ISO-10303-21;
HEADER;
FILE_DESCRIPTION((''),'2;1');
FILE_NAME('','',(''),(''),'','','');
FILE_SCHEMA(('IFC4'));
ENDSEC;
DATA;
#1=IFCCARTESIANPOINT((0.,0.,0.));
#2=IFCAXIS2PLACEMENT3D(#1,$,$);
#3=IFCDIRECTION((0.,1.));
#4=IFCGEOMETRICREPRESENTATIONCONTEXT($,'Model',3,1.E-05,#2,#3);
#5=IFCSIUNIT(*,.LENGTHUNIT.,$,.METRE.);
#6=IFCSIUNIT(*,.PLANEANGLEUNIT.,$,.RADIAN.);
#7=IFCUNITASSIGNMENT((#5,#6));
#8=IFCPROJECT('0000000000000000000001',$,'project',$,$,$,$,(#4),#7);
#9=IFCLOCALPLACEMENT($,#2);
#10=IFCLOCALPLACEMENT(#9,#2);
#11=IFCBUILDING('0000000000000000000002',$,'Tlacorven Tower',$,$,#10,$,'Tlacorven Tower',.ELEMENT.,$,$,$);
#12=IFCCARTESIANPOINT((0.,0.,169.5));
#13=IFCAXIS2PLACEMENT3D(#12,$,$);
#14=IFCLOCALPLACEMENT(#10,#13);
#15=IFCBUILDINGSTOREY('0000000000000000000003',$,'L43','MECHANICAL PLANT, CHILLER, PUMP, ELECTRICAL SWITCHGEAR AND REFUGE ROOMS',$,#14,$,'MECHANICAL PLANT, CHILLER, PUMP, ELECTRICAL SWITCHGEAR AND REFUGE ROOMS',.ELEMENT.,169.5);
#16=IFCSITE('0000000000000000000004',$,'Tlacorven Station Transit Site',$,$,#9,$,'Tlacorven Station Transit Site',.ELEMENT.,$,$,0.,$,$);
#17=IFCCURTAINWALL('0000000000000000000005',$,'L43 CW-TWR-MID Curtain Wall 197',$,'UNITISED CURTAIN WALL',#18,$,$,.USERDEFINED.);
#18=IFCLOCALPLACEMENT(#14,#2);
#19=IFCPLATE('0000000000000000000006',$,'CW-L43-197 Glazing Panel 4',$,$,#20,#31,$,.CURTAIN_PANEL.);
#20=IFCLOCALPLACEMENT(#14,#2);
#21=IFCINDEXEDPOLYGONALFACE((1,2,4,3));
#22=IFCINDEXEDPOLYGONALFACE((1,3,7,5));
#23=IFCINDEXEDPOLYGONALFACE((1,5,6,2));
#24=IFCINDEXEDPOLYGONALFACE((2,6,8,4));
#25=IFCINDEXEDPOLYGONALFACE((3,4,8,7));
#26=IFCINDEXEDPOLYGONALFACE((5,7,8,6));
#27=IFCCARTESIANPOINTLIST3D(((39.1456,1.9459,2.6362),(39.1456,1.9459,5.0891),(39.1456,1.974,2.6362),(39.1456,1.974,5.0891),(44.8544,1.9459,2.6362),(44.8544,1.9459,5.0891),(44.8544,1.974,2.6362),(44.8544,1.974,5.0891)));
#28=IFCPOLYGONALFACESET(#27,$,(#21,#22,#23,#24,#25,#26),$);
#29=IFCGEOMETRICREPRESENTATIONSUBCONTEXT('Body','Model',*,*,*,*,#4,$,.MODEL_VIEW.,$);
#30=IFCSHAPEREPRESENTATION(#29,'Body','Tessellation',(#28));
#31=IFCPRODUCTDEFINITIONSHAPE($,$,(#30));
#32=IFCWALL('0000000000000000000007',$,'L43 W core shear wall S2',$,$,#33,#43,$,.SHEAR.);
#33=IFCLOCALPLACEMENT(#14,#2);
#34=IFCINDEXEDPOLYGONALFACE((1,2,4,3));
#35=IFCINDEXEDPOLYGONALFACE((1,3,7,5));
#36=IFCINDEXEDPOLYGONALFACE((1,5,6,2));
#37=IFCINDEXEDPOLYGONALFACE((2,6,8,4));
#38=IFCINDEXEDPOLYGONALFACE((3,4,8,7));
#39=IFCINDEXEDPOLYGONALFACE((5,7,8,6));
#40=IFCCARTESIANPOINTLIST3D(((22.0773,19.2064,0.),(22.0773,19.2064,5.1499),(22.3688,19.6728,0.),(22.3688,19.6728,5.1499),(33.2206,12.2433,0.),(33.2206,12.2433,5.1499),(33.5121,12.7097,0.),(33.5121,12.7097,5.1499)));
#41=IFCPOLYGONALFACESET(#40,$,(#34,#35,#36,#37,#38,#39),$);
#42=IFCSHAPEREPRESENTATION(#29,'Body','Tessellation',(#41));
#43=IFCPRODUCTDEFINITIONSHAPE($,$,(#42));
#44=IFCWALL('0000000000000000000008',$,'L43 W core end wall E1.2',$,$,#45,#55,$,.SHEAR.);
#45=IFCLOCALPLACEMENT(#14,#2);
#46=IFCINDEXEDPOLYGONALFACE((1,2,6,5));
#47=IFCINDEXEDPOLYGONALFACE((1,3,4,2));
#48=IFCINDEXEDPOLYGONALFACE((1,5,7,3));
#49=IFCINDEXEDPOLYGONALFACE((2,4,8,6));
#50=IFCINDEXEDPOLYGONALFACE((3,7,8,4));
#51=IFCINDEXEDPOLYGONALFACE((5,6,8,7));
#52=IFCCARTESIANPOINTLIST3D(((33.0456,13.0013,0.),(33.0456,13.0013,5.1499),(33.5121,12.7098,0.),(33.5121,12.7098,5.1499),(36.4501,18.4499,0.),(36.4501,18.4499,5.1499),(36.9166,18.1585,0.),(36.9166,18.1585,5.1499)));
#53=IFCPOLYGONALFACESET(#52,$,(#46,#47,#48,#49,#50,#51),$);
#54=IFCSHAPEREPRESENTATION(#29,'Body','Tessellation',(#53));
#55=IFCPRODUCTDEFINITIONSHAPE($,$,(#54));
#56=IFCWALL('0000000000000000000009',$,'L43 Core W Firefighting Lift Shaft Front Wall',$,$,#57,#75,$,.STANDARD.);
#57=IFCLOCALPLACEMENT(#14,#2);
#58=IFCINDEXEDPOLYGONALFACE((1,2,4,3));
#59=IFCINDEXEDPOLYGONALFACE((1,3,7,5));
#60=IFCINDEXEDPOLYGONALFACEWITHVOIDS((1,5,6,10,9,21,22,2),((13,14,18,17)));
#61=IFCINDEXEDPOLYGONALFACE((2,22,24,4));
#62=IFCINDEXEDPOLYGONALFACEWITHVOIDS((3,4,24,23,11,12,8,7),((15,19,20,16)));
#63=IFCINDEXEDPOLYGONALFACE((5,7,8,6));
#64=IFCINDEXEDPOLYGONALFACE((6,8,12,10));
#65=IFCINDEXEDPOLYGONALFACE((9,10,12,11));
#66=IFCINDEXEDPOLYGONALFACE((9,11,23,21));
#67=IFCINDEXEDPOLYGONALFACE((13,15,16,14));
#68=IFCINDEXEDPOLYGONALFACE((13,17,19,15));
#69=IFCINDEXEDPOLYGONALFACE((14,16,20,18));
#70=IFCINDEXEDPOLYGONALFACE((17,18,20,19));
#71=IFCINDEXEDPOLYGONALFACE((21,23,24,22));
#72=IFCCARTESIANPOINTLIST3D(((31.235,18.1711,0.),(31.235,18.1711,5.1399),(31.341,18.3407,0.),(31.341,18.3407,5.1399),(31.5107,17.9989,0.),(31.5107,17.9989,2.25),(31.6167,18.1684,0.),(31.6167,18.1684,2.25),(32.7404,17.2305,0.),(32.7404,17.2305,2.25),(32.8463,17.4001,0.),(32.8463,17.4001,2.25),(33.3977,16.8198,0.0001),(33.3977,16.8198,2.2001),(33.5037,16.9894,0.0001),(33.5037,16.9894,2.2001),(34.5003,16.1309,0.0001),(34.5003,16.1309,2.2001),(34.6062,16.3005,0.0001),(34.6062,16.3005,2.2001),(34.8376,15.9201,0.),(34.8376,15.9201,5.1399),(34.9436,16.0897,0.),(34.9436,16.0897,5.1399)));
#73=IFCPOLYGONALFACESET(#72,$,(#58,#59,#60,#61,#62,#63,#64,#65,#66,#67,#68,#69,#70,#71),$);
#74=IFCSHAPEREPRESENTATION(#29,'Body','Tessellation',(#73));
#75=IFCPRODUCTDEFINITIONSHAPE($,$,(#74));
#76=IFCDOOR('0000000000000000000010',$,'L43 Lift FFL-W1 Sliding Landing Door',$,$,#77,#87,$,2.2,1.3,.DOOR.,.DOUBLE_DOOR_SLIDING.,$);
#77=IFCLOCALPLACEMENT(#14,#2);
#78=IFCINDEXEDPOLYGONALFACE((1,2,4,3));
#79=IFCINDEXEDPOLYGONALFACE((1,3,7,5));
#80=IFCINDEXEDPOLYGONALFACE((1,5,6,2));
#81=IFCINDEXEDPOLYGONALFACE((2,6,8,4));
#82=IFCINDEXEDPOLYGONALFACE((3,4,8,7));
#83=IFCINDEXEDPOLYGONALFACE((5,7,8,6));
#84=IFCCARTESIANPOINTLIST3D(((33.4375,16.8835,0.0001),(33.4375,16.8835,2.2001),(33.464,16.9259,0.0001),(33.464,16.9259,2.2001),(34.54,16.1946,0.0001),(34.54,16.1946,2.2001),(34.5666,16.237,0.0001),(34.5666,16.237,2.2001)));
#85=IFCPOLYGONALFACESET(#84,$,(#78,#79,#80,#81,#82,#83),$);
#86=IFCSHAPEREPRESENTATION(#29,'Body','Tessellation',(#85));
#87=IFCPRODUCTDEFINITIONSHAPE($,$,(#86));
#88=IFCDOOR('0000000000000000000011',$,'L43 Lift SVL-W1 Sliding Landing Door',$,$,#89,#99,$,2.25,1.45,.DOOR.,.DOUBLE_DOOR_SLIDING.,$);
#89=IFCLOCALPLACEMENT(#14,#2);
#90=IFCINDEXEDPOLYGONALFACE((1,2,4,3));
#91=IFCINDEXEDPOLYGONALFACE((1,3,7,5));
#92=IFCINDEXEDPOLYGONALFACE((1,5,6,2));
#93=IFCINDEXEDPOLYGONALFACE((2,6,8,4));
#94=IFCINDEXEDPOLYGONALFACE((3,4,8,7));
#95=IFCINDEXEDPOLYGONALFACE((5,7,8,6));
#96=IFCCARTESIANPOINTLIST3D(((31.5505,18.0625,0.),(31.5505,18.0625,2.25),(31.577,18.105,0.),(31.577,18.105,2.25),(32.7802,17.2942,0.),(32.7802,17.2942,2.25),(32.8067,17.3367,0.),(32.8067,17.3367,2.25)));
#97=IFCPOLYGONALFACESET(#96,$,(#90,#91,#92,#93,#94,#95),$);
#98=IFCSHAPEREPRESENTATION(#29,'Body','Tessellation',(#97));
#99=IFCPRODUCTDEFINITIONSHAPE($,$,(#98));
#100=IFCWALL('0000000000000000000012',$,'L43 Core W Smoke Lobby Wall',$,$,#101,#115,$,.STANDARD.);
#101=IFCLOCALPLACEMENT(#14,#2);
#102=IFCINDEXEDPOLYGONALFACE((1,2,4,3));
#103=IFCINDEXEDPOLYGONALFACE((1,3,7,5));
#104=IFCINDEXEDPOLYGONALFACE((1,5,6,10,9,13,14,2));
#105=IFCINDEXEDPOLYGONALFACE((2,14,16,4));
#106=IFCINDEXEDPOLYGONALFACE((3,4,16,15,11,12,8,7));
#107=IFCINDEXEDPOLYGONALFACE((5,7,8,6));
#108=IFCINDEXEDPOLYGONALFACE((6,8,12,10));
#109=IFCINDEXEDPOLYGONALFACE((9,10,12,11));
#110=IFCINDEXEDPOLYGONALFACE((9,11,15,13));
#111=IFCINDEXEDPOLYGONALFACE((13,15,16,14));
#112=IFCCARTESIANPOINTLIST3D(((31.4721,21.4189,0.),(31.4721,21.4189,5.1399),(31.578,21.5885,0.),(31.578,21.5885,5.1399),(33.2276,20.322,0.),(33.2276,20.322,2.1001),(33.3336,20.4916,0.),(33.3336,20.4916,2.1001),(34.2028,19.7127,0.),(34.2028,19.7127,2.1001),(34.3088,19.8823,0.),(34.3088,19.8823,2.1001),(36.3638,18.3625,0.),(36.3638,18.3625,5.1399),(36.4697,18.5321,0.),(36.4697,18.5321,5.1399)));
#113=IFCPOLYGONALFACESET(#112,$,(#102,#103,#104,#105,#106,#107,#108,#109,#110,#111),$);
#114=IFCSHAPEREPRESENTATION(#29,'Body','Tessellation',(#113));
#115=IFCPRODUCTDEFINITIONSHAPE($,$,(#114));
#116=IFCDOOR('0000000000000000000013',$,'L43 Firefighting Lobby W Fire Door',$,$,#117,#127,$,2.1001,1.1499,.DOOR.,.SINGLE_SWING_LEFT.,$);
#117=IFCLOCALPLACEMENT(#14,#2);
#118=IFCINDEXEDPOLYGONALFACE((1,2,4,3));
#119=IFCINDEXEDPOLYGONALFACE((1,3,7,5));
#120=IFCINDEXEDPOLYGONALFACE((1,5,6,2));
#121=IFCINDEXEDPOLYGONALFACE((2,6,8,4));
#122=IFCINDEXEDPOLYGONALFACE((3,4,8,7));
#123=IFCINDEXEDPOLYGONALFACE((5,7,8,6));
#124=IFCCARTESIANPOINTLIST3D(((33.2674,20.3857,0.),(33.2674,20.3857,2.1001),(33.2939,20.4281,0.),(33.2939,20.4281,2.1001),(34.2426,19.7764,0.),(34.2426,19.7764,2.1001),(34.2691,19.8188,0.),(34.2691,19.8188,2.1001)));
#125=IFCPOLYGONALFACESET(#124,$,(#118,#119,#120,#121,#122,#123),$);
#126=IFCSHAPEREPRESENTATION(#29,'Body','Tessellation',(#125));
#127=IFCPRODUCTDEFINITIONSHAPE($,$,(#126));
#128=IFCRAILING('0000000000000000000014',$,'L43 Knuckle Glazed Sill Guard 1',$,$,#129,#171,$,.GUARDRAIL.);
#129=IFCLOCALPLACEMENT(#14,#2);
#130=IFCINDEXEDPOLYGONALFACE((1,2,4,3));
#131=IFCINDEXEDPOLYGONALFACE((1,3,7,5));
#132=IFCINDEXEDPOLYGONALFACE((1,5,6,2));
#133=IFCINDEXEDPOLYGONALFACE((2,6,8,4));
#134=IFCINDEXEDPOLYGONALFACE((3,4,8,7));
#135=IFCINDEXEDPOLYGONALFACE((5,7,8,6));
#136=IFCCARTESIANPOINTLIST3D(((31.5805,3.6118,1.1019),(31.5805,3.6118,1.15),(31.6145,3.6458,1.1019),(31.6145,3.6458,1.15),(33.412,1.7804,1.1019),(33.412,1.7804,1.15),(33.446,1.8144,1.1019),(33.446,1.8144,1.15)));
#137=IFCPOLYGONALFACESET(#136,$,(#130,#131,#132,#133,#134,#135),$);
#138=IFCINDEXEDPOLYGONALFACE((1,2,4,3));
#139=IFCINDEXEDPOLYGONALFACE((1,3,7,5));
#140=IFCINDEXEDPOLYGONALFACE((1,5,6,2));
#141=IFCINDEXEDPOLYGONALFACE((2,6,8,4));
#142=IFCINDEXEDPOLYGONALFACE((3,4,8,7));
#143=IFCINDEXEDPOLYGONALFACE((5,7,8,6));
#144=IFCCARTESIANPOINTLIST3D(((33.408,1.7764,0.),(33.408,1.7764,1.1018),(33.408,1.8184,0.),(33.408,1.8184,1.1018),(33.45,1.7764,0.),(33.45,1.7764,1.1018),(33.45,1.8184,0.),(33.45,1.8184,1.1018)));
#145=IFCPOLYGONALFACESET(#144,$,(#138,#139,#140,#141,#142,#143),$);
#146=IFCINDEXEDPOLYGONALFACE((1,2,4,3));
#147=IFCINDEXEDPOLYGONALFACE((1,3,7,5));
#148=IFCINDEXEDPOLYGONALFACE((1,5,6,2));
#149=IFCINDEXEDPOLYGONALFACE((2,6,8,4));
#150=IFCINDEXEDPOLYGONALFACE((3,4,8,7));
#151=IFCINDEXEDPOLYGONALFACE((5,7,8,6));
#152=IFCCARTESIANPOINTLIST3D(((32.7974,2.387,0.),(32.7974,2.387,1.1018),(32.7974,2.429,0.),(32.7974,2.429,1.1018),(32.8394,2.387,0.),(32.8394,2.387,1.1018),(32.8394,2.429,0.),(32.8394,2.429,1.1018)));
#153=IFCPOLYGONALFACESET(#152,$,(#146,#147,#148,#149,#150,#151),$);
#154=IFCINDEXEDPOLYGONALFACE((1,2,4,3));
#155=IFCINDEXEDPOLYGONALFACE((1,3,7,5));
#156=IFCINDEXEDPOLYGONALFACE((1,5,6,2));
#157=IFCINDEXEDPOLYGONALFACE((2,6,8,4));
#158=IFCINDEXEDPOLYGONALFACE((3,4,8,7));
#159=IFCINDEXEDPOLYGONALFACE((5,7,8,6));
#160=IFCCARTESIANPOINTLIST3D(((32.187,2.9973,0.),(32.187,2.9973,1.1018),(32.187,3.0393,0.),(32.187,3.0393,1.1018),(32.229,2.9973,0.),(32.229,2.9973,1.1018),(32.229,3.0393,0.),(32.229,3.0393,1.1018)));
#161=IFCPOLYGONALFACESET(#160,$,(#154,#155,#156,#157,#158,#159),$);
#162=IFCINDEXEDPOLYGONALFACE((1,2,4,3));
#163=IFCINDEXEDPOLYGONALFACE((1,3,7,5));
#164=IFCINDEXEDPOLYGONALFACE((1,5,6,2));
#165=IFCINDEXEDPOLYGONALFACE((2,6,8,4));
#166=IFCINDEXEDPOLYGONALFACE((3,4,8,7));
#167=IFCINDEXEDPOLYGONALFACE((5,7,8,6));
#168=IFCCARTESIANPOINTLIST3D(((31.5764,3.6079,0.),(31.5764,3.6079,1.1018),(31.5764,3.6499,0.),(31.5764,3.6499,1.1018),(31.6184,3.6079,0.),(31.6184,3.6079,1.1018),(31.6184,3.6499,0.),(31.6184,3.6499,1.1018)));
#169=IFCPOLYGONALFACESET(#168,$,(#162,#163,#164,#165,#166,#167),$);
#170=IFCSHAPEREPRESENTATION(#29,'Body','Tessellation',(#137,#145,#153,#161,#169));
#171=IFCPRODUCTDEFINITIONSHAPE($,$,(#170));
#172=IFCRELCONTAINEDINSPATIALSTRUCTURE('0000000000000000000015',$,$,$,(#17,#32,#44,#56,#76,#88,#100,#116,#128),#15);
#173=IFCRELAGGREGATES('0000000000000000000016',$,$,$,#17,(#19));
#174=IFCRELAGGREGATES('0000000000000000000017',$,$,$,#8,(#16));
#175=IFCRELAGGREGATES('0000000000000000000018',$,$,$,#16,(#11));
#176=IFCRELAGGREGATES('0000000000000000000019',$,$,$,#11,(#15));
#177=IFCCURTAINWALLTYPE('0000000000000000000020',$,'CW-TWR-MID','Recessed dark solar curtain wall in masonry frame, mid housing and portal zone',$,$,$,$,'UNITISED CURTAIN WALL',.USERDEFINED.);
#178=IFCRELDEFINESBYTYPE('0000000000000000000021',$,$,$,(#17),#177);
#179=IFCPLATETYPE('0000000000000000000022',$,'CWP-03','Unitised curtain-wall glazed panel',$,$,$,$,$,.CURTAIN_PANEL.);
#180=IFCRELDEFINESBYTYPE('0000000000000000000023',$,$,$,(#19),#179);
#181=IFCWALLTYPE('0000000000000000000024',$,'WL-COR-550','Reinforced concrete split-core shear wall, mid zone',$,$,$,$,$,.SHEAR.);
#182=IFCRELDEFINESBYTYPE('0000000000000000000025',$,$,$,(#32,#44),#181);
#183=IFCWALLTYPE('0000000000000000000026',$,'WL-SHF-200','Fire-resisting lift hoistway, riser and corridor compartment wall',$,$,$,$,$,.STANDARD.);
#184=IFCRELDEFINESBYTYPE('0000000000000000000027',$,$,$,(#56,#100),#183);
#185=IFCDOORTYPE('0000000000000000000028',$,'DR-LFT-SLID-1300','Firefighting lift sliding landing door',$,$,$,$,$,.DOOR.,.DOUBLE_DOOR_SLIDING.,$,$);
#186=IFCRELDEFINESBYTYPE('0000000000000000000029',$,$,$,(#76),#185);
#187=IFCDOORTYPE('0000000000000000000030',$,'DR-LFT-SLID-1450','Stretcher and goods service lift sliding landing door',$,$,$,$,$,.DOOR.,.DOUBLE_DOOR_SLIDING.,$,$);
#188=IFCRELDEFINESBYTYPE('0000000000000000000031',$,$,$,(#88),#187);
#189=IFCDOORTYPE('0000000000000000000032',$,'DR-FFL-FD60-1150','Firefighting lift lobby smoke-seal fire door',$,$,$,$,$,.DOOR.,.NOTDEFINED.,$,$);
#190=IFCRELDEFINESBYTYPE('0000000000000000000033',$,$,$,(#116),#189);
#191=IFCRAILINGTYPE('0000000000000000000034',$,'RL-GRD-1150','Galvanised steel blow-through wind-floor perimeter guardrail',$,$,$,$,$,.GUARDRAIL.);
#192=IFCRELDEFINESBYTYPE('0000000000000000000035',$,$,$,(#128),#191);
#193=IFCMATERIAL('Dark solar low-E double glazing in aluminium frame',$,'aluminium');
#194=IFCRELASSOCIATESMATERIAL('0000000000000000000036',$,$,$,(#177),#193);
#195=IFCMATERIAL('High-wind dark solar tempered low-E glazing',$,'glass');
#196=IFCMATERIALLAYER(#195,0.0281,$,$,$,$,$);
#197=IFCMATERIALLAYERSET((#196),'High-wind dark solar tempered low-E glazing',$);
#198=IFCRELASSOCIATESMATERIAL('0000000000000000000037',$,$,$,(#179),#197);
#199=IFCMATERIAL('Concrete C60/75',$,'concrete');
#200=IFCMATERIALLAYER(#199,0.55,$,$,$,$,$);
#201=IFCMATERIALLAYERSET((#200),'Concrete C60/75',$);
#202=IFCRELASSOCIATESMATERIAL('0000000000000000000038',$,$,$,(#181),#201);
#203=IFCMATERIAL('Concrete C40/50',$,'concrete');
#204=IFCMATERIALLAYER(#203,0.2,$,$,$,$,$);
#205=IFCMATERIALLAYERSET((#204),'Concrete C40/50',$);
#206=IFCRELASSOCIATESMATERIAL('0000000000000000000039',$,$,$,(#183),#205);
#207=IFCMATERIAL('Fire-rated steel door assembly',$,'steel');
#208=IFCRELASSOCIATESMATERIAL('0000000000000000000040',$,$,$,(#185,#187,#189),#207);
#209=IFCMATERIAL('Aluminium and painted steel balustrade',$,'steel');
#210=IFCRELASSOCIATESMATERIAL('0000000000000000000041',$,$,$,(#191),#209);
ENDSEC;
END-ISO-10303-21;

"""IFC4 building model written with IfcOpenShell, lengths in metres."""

from ifc_helpers import new_model, si_unit, direction, frame, frame_2d, origin, origin_2d, place, context, subcontext, project, spatial, rectangle, extrude, source, transform, mapped, material, layer, layer_set, type_object, element, fill, aggregate, save


model = new_model("IFC4")

# Units and contexts
model_context = context("Model", 3, precision=1e-05, world=origin(), true_north=direction((0.0, 1.0)))
body_context = subcontext(model_context, "Body", "Model", "MODEL_VIEW")
ifc_project = project(units=[si_unit("LENGTHUNIT", "METRE"), si_unit("PLANEANGLEUNIT", "RADIAN")], contexts=[model_context])

# Site, building, storey
site_placement = place(None, origin())
site = spatial("IfcSite", under=ifc_project, at=site_placement, Name="Tlacorven Station Transit Site", LongName="Tlacorven Station Transit Site", CompositionType="ELEMENT", RefElevation=0.0)
building_placement = place(site_placement, origin())
building = spatial("IfcBuilding", under=site, at=building_placement, Name="Tlacorven Tower", LongName="Tlacorven Tower", CompositionType="ELEMENT")
storey_placement = place(building_placement, frame((0.0, 0.0, 169.5)))
storey = spatial("IfcBuildingStorey", under=building, at=storey_placement, Name="L43", Description="MECHANICAL PLANT, CHILLER, PUMP, ELECTRICAL SWITCHGEAR AND REFUGE ROOMS", LongName="MECHANICAL PLANT, CHILLER, PUMP, ELECTRICAL SWITCHGEAR AND REFUGE ROOMS", CompositionType="ELEMENT", Elevation=169.5)

# Shared definitions
ifc_material_1 = material(Name="Concrete C60/75", Category="concrete")

# Curtain wall
ifc_material_2 = material(Name="Dark solar low-E double glazing in aluminium frame", Category="aluminium")
curtain_wall_type = type_object("IfcCurtainWallType", Name="CW-TWR-MID", Description="Recessed dark solar curtain wall in masonry frame, mid housing and portal zone", ElementType="UNITISED CURTAIN WALL", PredefinedType="USERDEFINED", material=ifc_material_2)
curtain_wall_1_placement = place(storey_placement, origin())
curtain_wall_1 = element("IfcCurtainWall", 1, at=curtain_wall_1_placement, inside=storey, type_object=curtain_wall_type, Name="L43 CW-TWR-MID Curtain Wall 197", ObjectType="UNITISED CURTAIN WALL", PredefinedType="USERDEFINED")

# Plate
ifc_material_3 = material(Name="High-wind dark solar tempered low-E glazing", Category="glass")
ifc_layer_1 = layer(ifc_material_3, 0.0281)
ifc_layer_set_1 = layer_set([ifc_layer_1], Name="High-wind dark solar tempered low-E glazing")
plate_type_1 = type_object("IfcPlateType", Name="CWP-03", Description="Unitised curtain-wall glazed panel", PredefinedType="CURTAIN_PANEL", material=ifc_layer_set_1)
shared_shape_1 = source(origin(), body_context, "Body", "SweptSolid", [
    extrude(rectangle(XDim=5.7087, YDim=0.0281, at=origin_2d()), origin(), (0.0, 0.0, 1.0), 2.4529),
])
plate_1_placement = place(storey_placement, frame((42.0, 1.96, 2.6362), z_axis=(0.0, 0.0, 1.0), x_axis=(-1.0, 0.0, 0.0)))
plate_1 = element("IfcPlate", 2, at=plate_1_placement, type_object=plate_type_1, Name="CW-L43-197 Glazing Panel 4", PredefinedType="CURTAIN_PANEL", context=body_context, shape_type="MappedRepresentation", body=[
    mapped(shared_shape_1, transform((0.0, 0.0, 0.0), scale=1.0)),
])
aggregate(curtain_wall_1, [plate_1])

# Walls
ifc_layer_2 = layer(ifc_material_1, 0.55)
ifc_layer_set_2 = layer_set([ifc_layer_2], Name="Concrete C60/75")
wall_type_1 = type_object("IfcWallType", Name="WL-COR-550", Description="Reinforced concrete split-core shear wall, mid zone", PredefinedType="SHEAR", material=ifc_layer_set_2)
wall_1_placement = place(storey_placement, frame((33.3662, 12.4766, 0.0), z_axis=(0.0, 0.0, 1.0), x_axis=(-0.848047, 0.52992, 0.0)))
element("IfcWall", 3, at=wall_1_placement, inside=storey, type_object=wall_type_1, Name="L43 W core shear wall S2", PredefinedType="SHEAR", context=body_context, shape_type="SweptSolid", body=[
    extrude(rectangle(XDim=13.1399, YDim=0.55, at=frame_2d((6.5698, 0.0))), origin(), (0.0, 0.0, 1.0), 5.1499),
])
wall_2_placement = place(storey_placement, frame((36.6833, 18.3042, 0.0), z_axis=(0.0, 0.0, 1.0), x_axis=(-0.529896, -0.848062, 0.0)))
element("IfcWall", 4, at=wall_2_placement, inside=storey, type_object=wall_type_1, Name="L43 W core end wall E1.2", PredefinedType="SHEAR", context=body_context, shape_type="SweptSolid", body=[
    extrude(rectangle(XDim=6.4248, YDim=0.55, at=frame_2d((3.2124, 0.0))), origin(), (0.0, 0.0, 1.0), 5.1499),
])

# Wall, openings, doors
ifc_material_4 = material(Name="Concrete C40/50", Category="concrete")
ifc_layer_3 = layer(ifc_material_4, 0.2)
ifc_layer_set_3 = layer_set([ifc_layer_3], Name="Concrete C40/50")
wall_type_2 = type_object("IfcWallType", Name="WL-SHF-200", Description="Fire-resisting lift hoistway, riser and corridor compartment wall", PredefinedType="STANDARD", material=ifc_layer_set_3)
wall_3_placement = place(storey_placement, frame((34.8906, 16.0049, 0.0), z_axis=(0.0, 0.0, 1.0), x_axis=(-0.848063, 0.529896, 0.0)))
wall_3 = element("IfcWall", 5, at=wall_3_placement, inside=storey, type_object=wall_type_2, Name="L43 Core W Firefighting Lift Shaft Front Wall", PredefinedType="STANDARD", context=body_context, shape_type="SweptSolid", body=[
    extrude(rectangle(XDim=4.248, YDim=0.2, at=frame_2d((2.124, 0.0))), origin(), (0.0, 0.0, 1.0), 5.1399),
])
opening_1_placement = place(wall_3_placement, frame((0.3979, 0.0, 0.0)))
opening_1 = element("IfcOpeningElement", 6, at=opening_1_placement, cuts=wall_3, PredefinedType="OPENING", context=body_context, shape_type="SweptSolid", body=[
    extrude(rectangle(XDim=1.3, YDim=2.2, at=frame_2d((0.6499, 1.1001))), frame((0.0, 0.1099, 0.0), z_axis=(0.0, -1.0, 0.0), x_axis=(1.0, 0.0, 0.0)), (0.0, 0.0, 1.0), 0.22),
])
opening_2_placement = place(wall_3_placement, frame((2.4729, 0.0, 0.0)))
opening_2 = element("IfcOpeningElement", 7, at=opening_2_placement, cuts=wall_3, PredefinedType="OPENING", context=body_context, shape_type="SweptSolid", body=[
    extrude(rectangle(XDim=1.45, YDim=2.25, at=frame_2d((0.7251, 1.125))), frame((0.0, 0.1099, 0.0), z_axis=(0.0, -1.0, 0.0), x_axis=(1.0, 0.0, 0.0)), (0.0, 0.0, 1.0), 0.22),
])
ifc_material_5 = material(Name="Fire-rated steel door assembly", Category="steel")
door_type_1 = type_object("IfcDoorType", Name="DR-LFT-SLID-1300", Description="Firefighting lift sliding landing door", OperationType="DOUBLE_DOOR_SLIDING", PredefinedType="DOOR", material=ifc_material_5)
shared_shape_2 = source(origin(), body_context, "Body", "SweptSolid", [
    extrude(rectangle(XDim=1.3, YDim=2.2, at=frame_2d((0.6499, 1.1001))), frame((0.0, 0.0249, 0.0), z_axis=(0.0, -1.0, 0.0), x_axis=(1.0, 0.0, 0.0)), (0.0, 0.0, 1.0), 0.05),
])
door_1_placement = place(opening_1_placement, origin())
door_1 = element("IfcDoor", 8, at=door_1_placement, inside=storey, type_object=door_type_1, Name="L43 Lift FFL-W1 Sliding Landing Door", OperationType="DOUBLE_DOOR_SLIDING", OverallHeight=2.2, OverallWidth=1.3, PredefinedType="DOOR", context=body_context, shape_type="MappedRepresentation", body=[
    mapped(shared_shape_2, transform((0.0, 0.0, 0.0), scale=1.0)),
])
fill(opening_1, door_1)
door_type_2 = type_object("IfcDoorType", Name="DR-LFT-SLID-1450", Description="Stretcher and goods service lift sliding landing door", OperationType="DOUBLE_DOOR_SLIDING", PredefinedType="DOOR", material=ifc_material_5)
shared_shape_3 = source(origin(), body_context, "Body", "SweptSolid", [
    extrude(rectangle(XDim=1.45, YDim=2.25, at=frame_2d((0.7251, 1.125))), frame((0.0, 0.0249, 0.0), z_axis=(0.0, -1.0, 0.0), x_axis=(1.0, 0.0, 0.0)), (0.0, 0.0, 1.0), 0.05),
])
door_2_placement = place(opening_2_placement, origin())
door_2 = element("IfcDoor", 9, at=door_2_placement, inside=storey, type_object=door_type_2, Name="L43 Lift SVL-W1 Sliding Landing Door", OperationType="DOUBLE_DOOR_SLIDING", OverallHeight=2.25, OverallWidth=1.45, PredefinedType="DOOR", context=body_context, shape_type="MappedRepresentation", body=[
    mapped(shared_shape_3, transform((0.0, 0.0, 0.0), scale=1.0)),
])
fill(opening_2, door_2)

# Wall, opening, door
wall_4_placement = place(storey_placement, frame((36.4167, 18.4473, 0.0), z_axis=(0.0, 0.0, 1.0), x_axis=(-0.848065, 0.529892, 0.0)))
wall_4 = element("IfcWall", 10, at=wall_4_placement, inside=storey, type_object=wall_type_2, Name="L43 Core W Smoke Lobby Wall", PredefinedType="STANDARD", context=body_context, shape_type="SweptSolid", body=[
    extrude(rectangle(XDim=5.7681, YDim=0.2, at=frame_2d((2.884, 0.0))), origin(), (0.0, 0.0, 1.0), 5.1399),
])
opening_3_placement = place(wall_4_placement, frame((2.5481, 0.0, 0.0)))
opening_3 = element("IfcOpeningElement", 11, at=opening_3_placement, cuts=wall_4, PredefinedType="OPENING", context=body_context, shape_type="SweptSolid", body=[
    extrude(rectangle(XDim=1.1499, YDim=2.1001, at=frame_2d((0.575, 1.05))), frame((0.0, 0.1099, 0.0), z_axis=(0.0, -1.0, 0.0), x_axis=(1.0, 0.0, 0.0)), (0.0, 0.0, 1.0), 0.22),
])
door_type_3 = type_object("IfcDoorType", Name="DR-FFL-FD60-1150", Description="Firefighting lift lobby smoke-seal fire door", OperationType="NOTDEFINED", PredefinedType="DOOR", material=ifc_material_5)
shared_shape_4 = source(origin(), body_context, "Body", "SweptSolid", [
    extrude(rectangle(XDim=1.1499, YDim=2.1001, at=frame_2d((0.575, 1.05))), frame((0.0, 0.0249, 0.0), z_axis=(0.0, -1.0, 0.0), x_axis=(1.0, 0.0, 0.0)), (0.0, 0.0, 1.0), 0.05),
])
door_3_placement = place(opening_3_placement, origin())
door_3 = element("IfcDoor", 12, at=door_3_placement, inside=storey, type_object=door_type_3, Name="L43 Firefighting Lobby W Fire Door", OperationType="SINGLE_SWING_LEFT", OverallHeight=2.1001, OverallWidth=1.1499, PredefinedType="DOOR", context=body_context, shape_type="MappedRepresentation", body=[
    mapped(shared_shape_4, transform((0.0, 0.0, 0.0), scale=1.0)),
])
fill(opening_3, door_3)

# Railing
ifc_material_6 = material(Name="Aluminium and painted steel balustrade", Category="steel")
railing_type = type_object("IfcRailingType", Name="RL-GRD-1150", Description="Galvanised steel blow-through wind-floor perimeter guardrail", PredefinedType="GUARDRAIL", material=ifc_material_6)
shared_shape_5 = source(origin(), body_context, "Body", "SweptSolid", [
    extrude(rectangle(XDim=0.0481, YDim=0.0481, at=origin_2d()), frame((0.0, 0.0, 1.126), z_axis=(-0.707107, 0.707107, 0.0), x_axis=(-0.707107, -0.707107, 0.0)), (0.0, 0.0, 1.0), 2.5901),
    extrude(rectangle(XDim=0.042, YDim=0.042, at=origin_2d()), origin(), (0.0, 0.0, 1.0), 1.1018),
    extrude(rectangle(XDim=0.042, YDim=0.042, at=origin_2d()), frame((-0.6106, 0.6106, 0.0)), (0.0, 0.0, 1.0), 1.1018),
    extrude(rectangle(XDim=0.042, YDim=0.042, at=origin_2d()), frame((-1.2209, 1.2209, 0.0)), (0.0, 0.0, 1.0), 1.1018),
    extrude(rectangle(XDim=0.042, YDim=0.042, at=origin_2d()), frame((-1.8315, 1.8315, 0.0)), (0.0, 0.0, 1.0), 1.1018),
])
railing_placement = place(storey_placement, frame((33.429, 1.7974, 0.0)))
element("IfcRailing", 13, at=railing_placement, inside=storey, type_object=railing_type, Name="L43 Knuckle Glazed Sill Guard 1", PredefinedType="GUARDRAIL", context=body_context, shape_type="MappedRepresentation", body=[
    mapped(shared_shape_5, transform((0.0, 0.0, 0.0), scale=1.0)),
])

save(model, "model.ifc")
